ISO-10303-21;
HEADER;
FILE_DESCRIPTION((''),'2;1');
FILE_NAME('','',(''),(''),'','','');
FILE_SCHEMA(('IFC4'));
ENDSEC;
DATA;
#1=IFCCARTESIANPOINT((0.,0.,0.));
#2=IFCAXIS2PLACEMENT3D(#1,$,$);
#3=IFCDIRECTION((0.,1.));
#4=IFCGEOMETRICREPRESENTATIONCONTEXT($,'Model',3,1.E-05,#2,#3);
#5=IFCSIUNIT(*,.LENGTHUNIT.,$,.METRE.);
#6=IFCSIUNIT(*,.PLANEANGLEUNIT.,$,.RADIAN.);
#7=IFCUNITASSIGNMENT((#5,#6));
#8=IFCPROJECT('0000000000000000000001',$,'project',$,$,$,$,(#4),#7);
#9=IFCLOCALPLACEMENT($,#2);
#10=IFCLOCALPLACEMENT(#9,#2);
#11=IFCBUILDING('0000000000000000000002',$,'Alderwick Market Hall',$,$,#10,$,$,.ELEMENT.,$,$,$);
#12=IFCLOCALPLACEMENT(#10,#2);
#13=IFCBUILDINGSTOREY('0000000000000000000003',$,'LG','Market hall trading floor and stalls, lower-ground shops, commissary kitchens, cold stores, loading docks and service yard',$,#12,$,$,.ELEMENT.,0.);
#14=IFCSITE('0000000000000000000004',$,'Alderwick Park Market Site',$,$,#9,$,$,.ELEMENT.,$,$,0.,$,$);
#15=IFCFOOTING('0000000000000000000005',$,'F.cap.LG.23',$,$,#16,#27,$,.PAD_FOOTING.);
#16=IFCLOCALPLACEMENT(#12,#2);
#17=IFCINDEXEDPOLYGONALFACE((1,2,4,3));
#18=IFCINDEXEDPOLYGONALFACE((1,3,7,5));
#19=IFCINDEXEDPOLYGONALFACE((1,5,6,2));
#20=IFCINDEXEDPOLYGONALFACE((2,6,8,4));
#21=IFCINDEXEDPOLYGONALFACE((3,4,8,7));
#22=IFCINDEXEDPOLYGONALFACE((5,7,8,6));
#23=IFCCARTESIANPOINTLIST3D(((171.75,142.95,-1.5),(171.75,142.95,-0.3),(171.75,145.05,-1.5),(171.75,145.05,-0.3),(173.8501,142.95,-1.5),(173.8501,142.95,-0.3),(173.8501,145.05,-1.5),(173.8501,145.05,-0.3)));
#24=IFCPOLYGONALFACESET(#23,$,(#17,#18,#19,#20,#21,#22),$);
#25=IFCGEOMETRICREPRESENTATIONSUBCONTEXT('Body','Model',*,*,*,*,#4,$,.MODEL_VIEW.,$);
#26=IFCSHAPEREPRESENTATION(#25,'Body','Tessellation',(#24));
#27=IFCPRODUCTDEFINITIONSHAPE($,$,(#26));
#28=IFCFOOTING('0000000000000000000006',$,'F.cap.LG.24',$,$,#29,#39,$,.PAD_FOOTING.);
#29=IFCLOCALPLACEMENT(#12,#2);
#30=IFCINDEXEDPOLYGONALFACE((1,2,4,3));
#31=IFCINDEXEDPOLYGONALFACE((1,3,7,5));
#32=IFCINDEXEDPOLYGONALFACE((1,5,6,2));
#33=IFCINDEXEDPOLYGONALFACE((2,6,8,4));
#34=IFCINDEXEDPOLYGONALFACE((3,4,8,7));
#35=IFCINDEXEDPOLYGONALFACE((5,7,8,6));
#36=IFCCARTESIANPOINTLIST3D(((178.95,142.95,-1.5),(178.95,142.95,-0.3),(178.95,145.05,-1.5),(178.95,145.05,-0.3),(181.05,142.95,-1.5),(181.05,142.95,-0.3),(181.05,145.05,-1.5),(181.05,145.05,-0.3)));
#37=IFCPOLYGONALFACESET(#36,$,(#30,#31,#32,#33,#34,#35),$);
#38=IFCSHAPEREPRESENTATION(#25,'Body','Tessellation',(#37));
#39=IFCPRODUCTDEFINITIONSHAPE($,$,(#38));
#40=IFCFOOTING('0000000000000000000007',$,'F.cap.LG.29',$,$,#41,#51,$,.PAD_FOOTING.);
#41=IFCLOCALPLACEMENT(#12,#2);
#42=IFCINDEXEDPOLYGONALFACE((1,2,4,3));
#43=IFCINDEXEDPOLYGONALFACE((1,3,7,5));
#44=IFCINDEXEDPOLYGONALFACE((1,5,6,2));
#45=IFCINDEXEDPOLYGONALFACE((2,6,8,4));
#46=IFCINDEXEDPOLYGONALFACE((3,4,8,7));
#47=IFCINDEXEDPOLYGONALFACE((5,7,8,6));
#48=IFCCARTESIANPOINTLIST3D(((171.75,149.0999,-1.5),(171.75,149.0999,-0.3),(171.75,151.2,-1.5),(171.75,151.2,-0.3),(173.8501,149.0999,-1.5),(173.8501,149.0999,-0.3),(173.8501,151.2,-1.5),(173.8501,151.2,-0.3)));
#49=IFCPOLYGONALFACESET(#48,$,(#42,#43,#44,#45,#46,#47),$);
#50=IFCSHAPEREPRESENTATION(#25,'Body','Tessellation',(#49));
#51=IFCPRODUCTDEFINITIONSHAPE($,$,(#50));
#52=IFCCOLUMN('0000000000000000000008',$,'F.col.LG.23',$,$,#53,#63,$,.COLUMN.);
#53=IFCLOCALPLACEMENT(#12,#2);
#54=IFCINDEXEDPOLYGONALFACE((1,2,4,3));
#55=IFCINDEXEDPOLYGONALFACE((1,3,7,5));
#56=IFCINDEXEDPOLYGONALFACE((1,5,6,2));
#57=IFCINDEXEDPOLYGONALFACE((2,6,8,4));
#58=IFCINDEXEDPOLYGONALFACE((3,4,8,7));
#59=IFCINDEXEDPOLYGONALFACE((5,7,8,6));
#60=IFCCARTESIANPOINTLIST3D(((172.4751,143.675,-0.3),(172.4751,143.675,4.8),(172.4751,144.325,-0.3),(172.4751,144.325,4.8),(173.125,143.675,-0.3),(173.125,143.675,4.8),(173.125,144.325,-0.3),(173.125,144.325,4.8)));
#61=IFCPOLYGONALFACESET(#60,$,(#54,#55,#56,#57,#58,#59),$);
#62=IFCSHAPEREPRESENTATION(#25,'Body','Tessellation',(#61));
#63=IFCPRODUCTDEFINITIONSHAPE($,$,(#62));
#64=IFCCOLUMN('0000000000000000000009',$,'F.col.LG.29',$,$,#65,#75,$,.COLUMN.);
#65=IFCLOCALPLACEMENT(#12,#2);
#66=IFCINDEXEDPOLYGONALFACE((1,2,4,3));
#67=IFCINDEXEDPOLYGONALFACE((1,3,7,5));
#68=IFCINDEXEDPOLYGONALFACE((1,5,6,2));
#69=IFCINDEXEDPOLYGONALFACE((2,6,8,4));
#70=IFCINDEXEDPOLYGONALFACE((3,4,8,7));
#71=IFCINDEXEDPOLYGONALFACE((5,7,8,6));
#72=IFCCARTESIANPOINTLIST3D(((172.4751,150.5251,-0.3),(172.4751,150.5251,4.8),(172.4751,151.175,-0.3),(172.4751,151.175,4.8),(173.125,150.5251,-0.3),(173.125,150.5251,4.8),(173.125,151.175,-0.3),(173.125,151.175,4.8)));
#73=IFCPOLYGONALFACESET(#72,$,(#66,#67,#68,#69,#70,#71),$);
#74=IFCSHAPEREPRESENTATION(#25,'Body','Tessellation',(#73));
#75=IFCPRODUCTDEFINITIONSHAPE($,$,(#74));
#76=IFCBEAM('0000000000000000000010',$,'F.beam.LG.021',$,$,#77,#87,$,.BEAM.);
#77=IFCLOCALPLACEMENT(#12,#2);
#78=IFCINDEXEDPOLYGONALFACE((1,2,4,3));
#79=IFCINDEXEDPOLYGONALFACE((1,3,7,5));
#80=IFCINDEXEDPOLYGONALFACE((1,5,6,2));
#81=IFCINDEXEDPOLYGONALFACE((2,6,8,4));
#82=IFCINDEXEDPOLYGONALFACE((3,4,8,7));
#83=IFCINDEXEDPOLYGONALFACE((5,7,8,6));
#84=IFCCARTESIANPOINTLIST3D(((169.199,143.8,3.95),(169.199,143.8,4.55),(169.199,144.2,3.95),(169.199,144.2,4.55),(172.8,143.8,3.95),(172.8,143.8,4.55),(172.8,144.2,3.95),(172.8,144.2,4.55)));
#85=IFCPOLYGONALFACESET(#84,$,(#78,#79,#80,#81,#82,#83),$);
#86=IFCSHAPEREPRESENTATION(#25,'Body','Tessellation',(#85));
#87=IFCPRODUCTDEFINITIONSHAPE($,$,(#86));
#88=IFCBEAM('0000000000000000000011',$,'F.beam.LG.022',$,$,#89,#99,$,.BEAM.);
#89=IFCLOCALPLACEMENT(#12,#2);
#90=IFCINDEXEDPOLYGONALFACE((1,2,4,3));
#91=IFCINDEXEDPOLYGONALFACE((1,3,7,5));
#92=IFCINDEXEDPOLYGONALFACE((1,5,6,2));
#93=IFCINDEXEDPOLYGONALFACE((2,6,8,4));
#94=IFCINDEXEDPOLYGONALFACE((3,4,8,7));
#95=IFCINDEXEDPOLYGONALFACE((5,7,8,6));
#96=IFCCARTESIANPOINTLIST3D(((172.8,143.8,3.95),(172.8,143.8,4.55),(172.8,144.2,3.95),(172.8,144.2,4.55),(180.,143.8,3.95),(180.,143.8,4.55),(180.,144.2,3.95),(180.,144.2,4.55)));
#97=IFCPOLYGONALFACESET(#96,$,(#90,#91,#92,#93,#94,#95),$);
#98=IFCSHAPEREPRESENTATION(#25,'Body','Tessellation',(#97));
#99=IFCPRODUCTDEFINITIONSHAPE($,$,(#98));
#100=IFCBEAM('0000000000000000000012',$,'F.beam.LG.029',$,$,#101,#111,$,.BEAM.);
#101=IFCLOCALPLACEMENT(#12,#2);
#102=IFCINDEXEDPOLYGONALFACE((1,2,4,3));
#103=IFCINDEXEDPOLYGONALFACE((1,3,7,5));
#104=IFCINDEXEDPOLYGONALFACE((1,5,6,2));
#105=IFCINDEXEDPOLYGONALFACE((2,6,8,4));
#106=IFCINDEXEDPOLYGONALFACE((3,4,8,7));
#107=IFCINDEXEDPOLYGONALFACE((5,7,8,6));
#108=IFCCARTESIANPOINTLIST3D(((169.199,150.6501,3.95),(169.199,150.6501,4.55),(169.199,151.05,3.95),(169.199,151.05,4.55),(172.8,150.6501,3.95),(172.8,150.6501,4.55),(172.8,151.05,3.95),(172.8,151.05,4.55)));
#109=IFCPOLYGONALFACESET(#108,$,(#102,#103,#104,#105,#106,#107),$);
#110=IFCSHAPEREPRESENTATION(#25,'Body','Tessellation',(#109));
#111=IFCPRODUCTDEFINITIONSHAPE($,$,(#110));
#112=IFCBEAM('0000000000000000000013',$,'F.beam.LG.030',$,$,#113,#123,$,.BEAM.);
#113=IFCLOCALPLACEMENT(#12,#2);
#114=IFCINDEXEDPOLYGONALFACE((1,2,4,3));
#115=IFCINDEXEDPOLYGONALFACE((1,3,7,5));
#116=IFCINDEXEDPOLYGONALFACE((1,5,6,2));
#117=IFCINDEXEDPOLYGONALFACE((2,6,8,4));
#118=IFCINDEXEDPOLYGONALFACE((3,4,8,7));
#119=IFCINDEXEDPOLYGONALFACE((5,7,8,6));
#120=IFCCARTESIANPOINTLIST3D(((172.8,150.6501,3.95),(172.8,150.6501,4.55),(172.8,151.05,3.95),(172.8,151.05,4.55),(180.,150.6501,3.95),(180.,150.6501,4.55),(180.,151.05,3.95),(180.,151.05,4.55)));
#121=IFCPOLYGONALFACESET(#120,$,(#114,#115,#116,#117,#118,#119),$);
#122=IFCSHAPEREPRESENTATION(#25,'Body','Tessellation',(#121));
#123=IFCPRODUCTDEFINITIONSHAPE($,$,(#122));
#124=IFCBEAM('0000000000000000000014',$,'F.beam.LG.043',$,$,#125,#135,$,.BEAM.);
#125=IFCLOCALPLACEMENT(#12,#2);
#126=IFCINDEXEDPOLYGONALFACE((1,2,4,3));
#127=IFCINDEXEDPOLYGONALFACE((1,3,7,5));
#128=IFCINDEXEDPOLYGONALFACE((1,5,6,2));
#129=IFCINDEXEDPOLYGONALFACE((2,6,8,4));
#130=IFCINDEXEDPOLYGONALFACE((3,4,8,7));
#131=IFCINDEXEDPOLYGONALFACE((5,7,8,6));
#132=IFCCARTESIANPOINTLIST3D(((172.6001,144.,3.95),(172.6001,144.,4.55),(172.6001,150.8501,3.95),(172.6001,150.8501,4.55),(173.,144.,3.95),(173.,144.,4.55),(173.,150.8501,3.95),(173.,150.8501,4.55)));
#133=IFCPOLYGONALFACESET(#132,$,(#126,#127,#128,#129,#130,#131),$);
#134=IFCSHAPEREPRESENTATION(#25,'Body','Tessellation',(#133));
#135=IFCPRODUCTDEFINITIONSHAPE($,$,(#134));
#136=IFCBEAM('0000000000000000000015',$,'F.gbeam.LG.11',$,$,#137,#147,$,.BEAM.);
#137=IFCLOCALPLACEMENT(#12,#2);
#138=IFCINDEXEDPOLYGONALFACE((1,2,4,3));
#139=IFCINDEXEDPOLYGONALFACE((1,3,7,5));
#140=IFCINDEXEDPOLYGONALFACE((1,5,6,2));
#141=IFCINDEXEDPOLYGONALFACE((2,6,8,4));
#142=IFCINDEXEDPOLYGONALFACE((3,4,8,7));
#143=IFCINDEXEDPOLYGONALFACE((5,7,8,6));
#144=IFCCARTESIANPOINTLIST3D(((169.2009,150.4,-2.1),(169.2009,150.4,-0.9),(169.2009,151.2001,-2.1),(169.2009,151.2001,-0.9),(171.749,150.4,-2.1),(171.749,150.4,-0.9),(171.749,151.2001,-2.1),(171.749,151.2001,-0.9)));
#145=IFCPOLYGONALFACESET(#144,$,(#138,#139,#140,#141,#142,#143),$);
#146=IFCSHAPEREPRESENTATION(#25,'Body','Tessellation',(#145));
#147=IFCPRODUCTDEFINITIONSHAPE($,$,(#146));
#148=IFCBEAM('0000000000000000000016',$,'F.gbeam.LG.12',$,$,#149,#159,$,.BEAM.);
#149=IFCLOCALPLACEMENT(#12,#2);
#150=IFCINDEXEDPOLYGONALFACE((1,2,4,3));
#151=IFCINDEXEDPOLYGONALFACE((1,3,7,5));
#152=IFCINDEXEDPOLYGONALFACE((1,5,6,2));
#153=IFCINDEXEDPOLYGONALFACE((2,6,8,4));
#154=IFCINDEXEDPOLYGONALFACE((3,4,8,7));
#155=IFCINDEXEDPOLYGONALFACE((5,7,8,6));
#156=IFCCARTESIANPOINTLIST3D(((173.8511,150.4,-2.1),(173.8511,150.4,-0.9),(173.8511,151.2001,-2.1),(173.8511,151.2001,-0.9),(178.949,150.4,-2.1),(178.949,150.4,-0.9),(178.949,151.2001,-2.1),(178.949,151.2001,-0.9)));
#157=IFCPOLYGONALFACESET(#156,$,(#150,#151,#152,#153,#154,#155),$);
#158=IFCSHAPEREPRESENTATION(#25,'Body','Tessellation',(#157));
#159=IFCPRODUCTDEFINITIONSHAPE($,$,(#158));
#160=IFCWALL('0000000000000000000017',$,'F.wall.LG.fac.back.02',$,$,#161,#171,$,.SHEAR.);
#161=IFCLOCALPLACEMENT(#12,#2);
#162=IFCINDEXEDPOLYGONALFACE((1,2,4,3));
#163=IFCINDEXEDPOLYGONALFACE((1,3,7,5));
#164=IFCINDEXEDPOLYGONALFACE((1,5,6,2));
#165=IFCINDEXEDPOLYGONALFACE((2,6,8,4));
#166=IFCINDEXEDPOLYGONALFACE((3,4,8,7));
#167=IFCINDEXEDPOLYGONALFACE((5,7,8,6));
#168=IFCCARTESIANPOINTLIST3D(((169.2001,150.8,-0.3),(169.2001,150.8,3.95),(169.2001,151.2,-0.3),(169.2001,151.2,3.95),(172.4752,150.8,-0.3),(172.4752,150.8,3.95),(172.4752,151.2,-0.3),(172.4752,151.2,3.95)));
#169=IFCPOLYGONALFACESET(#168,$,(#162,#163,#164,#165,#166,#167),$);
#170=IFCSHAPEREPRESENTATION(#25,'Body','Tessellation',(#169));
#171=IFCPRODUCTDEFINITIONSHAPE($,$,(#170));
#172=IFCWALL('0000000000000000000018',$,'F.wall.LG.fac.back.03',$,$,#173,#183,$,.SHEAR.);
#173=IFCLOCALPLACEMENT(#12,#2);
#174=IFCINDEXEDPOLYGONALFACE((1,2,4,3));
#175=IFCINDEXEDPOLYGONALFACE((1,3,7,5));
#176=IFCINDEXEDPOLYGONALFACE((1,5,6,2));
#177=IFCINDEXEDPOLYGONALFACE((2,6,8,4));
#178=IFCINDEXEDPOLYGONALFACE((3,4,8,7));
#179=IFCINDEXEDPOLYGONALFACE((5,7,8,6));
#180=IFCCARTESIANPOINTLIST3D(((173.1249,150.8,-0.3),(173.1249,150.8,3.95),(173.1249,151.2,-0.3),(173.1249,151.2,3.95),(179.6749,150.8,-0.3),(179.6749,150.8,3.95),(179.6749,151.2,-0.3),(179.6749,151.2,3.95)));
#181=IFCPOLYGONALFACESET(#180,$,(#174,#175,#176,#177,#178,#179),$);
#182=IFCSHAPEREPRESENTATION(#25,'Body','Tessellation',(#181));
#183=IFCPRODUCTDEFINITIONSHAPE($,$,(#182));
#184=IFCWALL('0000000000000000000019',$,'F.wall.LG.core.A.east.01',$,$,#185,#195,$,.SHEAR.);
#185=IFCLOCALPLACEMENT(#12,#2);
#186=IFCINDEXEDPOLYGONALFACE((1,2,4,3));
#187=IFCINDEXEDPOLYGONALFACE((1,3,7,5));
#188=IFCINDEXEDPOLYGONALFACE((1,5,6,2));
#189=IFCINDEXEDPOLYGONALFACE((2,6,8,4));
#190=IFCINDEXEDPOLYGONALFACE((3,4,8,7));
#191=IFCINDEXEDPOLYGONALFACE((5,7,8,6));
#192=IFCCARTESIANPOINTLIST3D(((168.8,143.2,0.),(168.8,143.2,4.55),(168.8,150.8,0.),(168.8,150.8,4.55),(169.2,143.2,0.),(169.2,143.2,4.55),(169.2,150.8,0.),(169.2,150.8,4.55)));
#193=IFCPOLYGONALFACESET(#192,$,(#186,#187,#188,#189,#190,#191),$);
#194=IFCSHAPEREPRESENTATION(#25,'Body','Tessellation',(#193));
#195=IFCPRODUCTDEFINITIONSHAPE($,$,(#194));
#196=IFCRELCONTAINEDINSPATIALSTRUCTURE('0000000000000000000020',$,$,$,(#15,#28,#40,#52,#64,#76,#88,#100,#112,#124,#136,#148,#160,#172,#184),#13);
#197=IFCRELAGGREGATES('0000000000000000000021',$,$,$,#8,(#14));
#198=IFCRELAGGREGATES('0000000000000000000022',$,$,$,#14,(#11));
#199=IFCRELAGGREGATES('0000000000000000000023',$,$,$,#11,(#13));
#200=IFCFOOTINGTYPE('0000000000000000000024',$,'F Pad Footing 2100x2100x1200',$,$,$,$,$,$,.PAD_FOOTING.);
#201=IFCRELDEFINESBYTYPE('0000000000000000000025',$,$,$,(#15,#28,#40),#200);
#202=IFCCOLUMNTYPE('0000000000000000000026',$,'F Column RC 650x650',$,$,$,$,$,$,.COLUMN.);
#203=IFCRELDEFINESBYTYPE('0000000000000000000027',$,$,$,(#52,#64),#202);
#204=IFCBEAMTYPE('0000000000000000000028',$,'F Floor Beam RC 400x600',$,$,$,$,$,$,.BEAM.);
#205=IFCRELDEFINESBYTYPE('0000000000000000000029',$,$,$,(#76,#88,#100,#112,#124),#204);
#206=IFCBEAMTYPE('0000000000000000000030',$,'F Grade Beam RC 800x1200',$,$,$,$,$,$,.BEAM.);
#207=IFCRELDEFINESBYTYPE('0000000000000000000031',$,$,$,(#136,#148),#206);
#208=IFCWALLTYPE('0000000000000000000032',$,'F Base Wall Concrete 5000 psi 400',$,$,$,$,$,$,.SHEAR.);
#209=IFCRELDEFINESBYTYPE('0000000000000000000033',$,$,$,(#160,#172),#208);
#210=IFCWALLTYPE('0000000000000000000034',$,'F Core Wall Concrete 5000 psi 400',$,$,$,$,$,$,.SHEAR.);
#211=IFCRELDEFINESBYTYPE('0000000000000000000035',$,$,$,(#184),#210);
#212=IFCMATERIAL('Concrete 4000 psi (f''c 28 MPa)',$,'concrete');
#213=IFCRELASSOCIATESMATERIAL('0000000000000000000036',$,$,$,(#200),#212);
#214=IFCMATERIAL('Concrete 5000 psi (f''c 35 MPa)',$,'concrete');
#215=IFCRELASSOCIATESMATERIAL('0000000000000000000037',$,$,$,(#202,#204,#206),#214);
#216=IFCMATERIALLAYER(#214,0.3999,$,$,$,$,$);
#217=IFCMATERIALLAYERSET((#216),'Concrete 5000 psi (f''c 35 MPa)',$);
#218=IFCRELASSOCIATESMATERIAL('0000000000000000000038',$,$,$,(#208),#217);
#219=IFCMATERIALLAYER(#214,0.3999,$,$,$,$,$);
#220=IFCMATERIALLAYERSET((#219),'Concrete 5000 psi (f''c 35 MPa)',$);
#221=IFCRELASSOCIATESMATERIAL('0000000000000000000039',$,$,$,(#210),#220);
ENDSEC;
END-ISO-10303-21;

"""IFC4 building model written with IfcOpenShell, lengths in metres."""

from ifc_helpers import new_model, si_unit, direction, frame, frame_2d, origin, origin_2d, place, context, subcontext, project, spatial, rectangle, extrude, material, layer, layer_set, material_profile, profile_set, type_object, element, save


model = new_model("IFC4")

# Units and contexts
model_context = context("Model", 3, precision=1e-05, world=origin(), true_north=direction((0.0, 1.0)))
body_context = subcontext(model_context, "Body", "Model", "MODEL_VIEW")
ifc_project = project(units=[si_unit("LENGTHUNIT", "METRE"), si_unit("PLANEANGLEUNIT", "RADIAN")], contexts=[model_context])

# Site, building, storey
site_placement = place(None, origin())
site = spatial("IfcSite", under=ifc_project, at=site_placement, Name="Alderwick Park Market Site", CompositionType="ELEMENT", RefElevation=0.0)
building_placement = place(site_placement, origin())
building = spatial("IfcBuilding", under=site, at=building_placement, Name="Alderwick Market Hall", CompositionType="ELEMENT")
storey_placement = place(building_placement, origin())
storey = spatial("IfcBuildingStorey", under=building, at=storey_placement, Name="LG", Description="Market hall trading floor and stalls, lower-ground shops, commissary kitchens, cold stores, loading docks and service yard", CompositionType="ELEMENT", Elevation=0.0)

# Footings
ifc_material_1 = material(Name="Concrete 4000 psi (f'c 28 MPa)", Category="concrete")
footing_type = type_object("IfcFootingType", Name="F Pad Footing 2100x2100x1200", PredefinedType="PAD_FOOTING", material=ifc_material_1)
for number, where, z_axis, x_axis, name in (
    (1, (172.8, 144.0, -1.5), (0.0, 0.0, 1.0), (1.0, 0.0, 0.0), "F.cap.LG.23"),
    (2, (180.0, 144.0, -1.5), (0.0, 0.0, 1.0), (1.0, 0.0, 0.0), "F.cap.LG.24"),
    (3, (172.8, 150.1499, -1.5), (0.0, 0.0, 1.0), (1.0, 0.0, 0.0), "F.cap.LG.29"),
):
    element("IfcFooting", number, at=place(storey_placement, frame(where, z_axis=z_axis, x_axis=x_axis)), inside=storey, type_object=footing_type, Name=name, PredefinedType="PAD_FOOTING", context=body_context, shape_type="SweptSolid", body=[
        extrude(rectangle(XDim=2.1001, YDim=2.1001, at=origin_2d()), origin(), (0.0, 0.0, 1.0), 1.2),
    ])

# Columns
ifc_material_2 = material(Name="Concrete 5000 psi (f'c 35 MPa)", Category="concrete")
ifc_material_profile_1 = material_profile(ifc_material_2, rectangle(XDim=0.6499, YDim=0.6499, at=origin_2d()), Name="RC 650x650")
ifc_profile_set_1 = profile_set([ifc_material_profile_1], Name="Concrete 5000 psi (f'c 35 MPa)")
column_type = type_object("IfcColumnType", Name="F Column RC 650x650", PredefinedType="COLUMN", material=ifc_profile_set_1)
for number, where, z_axis, x_axis, name in (
    (4, (172.8, 144.0, -0.3), (0.0, 0.0, 1.0), (1.0, 0.0, 0.0), "F.col.LG.23"),
    (5, (172.8, 150.8501, -0.3), (0.0, 0.0, 1.0), (1.0, 0.0, 0.0), "F.col.LG.29"),
):
    element("IfcColumn", number, at=place(storey_placement, frame(where, z_axis=z_axis, x_axis=x_axis)), inside=storey, type_object=column_type, Name=name, PredefinedType="COLUMN", context=body_context, shape_type="SweptSolid", body=[
        extrude(rectangle(XDim=0.6499, YDim=0.6499, at=origin_2d()), origin(), (0.0, 0.0, 1.0), 5.1001),
    ])

# Beams
ifc_material_profile_2 = material_profile(ifc_material_2, rectangle(XDim=0.3999, YDim=0.6001, at=origin_2d()), Name="RC 400x600")
ifc_profile_set_2 = profile_set([ifc_material_profile_2], Name="Concrete 5000 psi (f'c 35 MPa)")
beam_type_1 = type_object("IfcBeamType", Name="F Floor Beam RC 400x600", PredefinedType="BEAM", material=ifc_profile_set_2)
beam_1_placement = place(storey_placement, frame((169.199, 144.0, 4.25), z_axis=(1.0, 0.0, 0.0), x_axis=(0.0, 1.0, 0.0)))
element("IfcBeam", 6, at=beam_1_placement, inside=storey, type_object=beam_type_1, Name="F.beam.LG.021", PredefinedType="BEAM", context=body_context, shape_type="SweptSolid", body=[
    extrude(rectangle(XDim=0.3999, YDim=0.6001, at=origin_2d()), origin(), (0.0, 0.0, 1.0), 3.6011),
])
beam_2_placement = place(storey_placement, frame((172.8, 144.0, 4.25), z_axis=(1.0, 0.0, 0.0), x_axis=(0.0, 1.0, 0.0)))
element("IfcBeam", 7, at=beam_2_placement, inside=storey, type_object=beam_type_1, Name="F.beam.LG.022", PredefinedType="BEAM", context=body_context, shape_type="SweptSolid", body=[
    extrude(rectangle(XDim=0.3999, YDim=0.6001, at=origin_2d()), origin(), (0.0, 0.0, 1.0), 7.2),
])
beam_3_placement = place(storey_placement, frame((169.199, 150.8501, 4.25), z_axis=(1.0, 0.0, 0.0), x_axis=(0.0, 1.0, 0.0)))
element("IfcBeam", 8, at=beam_3_placement, inside=storey, type_object=beam_type_1, Name="F.beam.LG.029", PredefinedType="BEAM", context=body_context, shape_type="SweptSolid", body=[
    extrude(rectangle(XDim=0.3999, YDim=0.6001, at=origin_2d()), origin(), (0.0, 0.0, 1.0), 3.6011),
])
beam_4_placement = place(storey_placement, frame((172.8, 150.8501, 4.25), z_axis=(1.0, 0.0, 0.0), x_axis=(0.0, 1.0, 0.0)))
element("IfcBeam", 9, at=beam_4_placement, inside=storey, type_object=beam_type_1, Name="F.beam.LG.030", PredefinedType="BEAM", context=body_context, shape_type="SweptSolid", body=[
    extrude(rectangle(XDim=0.3999, YDim=0.6001, at=origin_2d()), origin(), (0.0, 0.0, 1.0), 7.2),
])
beam_5_placement = place(storey_placement, frame((172.8, 144.0, 4.25), z_axis=(0.0, 1.0, 0.0), x_axis=(-1.0, 0.0, 0.0)))
element("IfcBeam", 10, at=beam_5_placement, inside=storey, type_object=beam_type_1, Name="F.beam.LG.043", PredefinedType="BEAM", context=body_context, shape_type="SweptSolid", body=[
    extrude(rectangle(XDim=0.3999, YDim=0.6001, at=origin_2d()), origin(), (0.0, 0.0, 1.0), 6.8501),
])
ifc_material_profile_3 = material_profile(ifc_material_2, rectangle(XDim=0.8, YDim=1.2, at=origin_2d()), Name="RC 800x1200")
ifc_profile_set_3 = profile_set([ifc_material_profile_3], Name="Concrete 5000 psi (f'c 35 MPa)")
beam_type_2 = type_object("IfcBeamType", Name="F Grade Beam RC 800x1200", PredefinedType="BEAM", material=ifc_profile_set_3)
beam_6_placement = place(storey_placement, frame((169.2009, 150.8, -1.5), z_axis=(1.0, 0.0, 0.0), x_axis=(0.0, 1.0, 0.0)))
element("IfcBeam", 11, at=beam_6_placement, inside=storey, type_object=beam_type_2, Name="F.gbeam.LG.11", PredefinedType="BEAM", context=body_context, shape_type="SweptSolid", body=[
    extrude(rectangle(XDim=0.8, YDim=1.2, at=origin_2d()), origin(), (0.0, 0.0, 1.0), 2.5481),
])
beam_7_placement = place(storey_placement, frame((173.8511, 150.8, -1.5), z_axis=(1.0, 0.0, 0.0), x_axis=(0.0, 1.0, 0.0)))
element("IfcBeam", 12, at=beam_7_placement, inside=storey, type_object=beam_type_2, Name="F.gbeam.LG.12", PredefinedType="BEAM", context=body_context, shape_type="SweptSolid", body=[
    extrude(rectangle(XDim=0.8, YDim=1.2, at=origin_2d()), origin(), (0.0, 0.0, 1.0), 5.0979),
])

# Walls
ifc_layer_1 = layer(ifc_material_2, 0.3999)
ifc_layer_set_1 = layer_set([ifc_layer_1], Name="Concrete 5000 psi (f'c 35 MPa)")
wall_type_1 = type_object("IfcWallType", Name="F Base Wall Concrete 5000 psi 400", PredefinedType="SHEAR", material=ifc_layer_set_1)
wall_1_placement = place(storey_placement, frame((169.2, 151.0, -0.3), z_axis=(0.0, 0.0, 1.0), x_axis=(1.0, 0.0, 0.0)))
element("IfcWall", 13, at=wall_1_placement, inside=storey, type_object=wall_type_1, Name="F.wall.LG.fac.back.02", PredefinedType="SHEAR", context=body_context, shape_type="SweptSolid", body=[
    extrude(rectangle(XDim=3.2751, YDim=0.3999, at=frame_2d((1.6377, 0.0))), origin(), (0.0, 0.0, 1.0), 4.25),
])
wall_2_placement = place(storey_placement, frame((173.125, 151.0, -0.3), z_axis=(0.0, 0.0, 1.0), x_axis=(1.0, 0.0, 0.0)))
element("IfcWall", 14, at=wall_2_placement, inside=storey, type_object=wall_type_1, Name="F.wall.LG.fac.back.03", PredefinedType="SHEAR", context=body_context, shape_type="SweptSolid", body=[
    extrude(rectangle(XDim=6.55, YDim=0.3999, at=frame_2d((3.2749, 0.0))), origin(), (0.0, 0.0, 1.0), 4.25),
])
ifc_layer_2 = layer(ifc_material_2, 0.3999)
ifc_layer_set_2 = layer_set([ifc_layer_2], Name="Concrete 5000 psi (f'c 35 MPa)")
wall_type_2 = type_object("IfcWallType", Name="F Core Wall Concrete 5000 psi 400", PredefinedType="SHEAR", material=ifc_layer_set_2)
wall_3_placement = place(storey_placement, frame((169.0, 143.2, 0.0), z_axis=(0.0, 0.0, 1.0), x_axis=(0.0, 1.0, 0.0)))
element("IfcWall", 15, at=wall_3_placement, inside=storey, type_object=wall_type_2, Name="F.wall.LG.core.A.east.01", PredefinedType="SHEAR", context=body_context, shape_type="SweptSolid", body=[
    extrude(rectangle(XDim=7.6001, YDim=0.3999, at=frame_2d((3.8, 0.0))), origin(), (0.0, 0.0, 1.0), 4.55),
])

save(model, "model.ifc")
